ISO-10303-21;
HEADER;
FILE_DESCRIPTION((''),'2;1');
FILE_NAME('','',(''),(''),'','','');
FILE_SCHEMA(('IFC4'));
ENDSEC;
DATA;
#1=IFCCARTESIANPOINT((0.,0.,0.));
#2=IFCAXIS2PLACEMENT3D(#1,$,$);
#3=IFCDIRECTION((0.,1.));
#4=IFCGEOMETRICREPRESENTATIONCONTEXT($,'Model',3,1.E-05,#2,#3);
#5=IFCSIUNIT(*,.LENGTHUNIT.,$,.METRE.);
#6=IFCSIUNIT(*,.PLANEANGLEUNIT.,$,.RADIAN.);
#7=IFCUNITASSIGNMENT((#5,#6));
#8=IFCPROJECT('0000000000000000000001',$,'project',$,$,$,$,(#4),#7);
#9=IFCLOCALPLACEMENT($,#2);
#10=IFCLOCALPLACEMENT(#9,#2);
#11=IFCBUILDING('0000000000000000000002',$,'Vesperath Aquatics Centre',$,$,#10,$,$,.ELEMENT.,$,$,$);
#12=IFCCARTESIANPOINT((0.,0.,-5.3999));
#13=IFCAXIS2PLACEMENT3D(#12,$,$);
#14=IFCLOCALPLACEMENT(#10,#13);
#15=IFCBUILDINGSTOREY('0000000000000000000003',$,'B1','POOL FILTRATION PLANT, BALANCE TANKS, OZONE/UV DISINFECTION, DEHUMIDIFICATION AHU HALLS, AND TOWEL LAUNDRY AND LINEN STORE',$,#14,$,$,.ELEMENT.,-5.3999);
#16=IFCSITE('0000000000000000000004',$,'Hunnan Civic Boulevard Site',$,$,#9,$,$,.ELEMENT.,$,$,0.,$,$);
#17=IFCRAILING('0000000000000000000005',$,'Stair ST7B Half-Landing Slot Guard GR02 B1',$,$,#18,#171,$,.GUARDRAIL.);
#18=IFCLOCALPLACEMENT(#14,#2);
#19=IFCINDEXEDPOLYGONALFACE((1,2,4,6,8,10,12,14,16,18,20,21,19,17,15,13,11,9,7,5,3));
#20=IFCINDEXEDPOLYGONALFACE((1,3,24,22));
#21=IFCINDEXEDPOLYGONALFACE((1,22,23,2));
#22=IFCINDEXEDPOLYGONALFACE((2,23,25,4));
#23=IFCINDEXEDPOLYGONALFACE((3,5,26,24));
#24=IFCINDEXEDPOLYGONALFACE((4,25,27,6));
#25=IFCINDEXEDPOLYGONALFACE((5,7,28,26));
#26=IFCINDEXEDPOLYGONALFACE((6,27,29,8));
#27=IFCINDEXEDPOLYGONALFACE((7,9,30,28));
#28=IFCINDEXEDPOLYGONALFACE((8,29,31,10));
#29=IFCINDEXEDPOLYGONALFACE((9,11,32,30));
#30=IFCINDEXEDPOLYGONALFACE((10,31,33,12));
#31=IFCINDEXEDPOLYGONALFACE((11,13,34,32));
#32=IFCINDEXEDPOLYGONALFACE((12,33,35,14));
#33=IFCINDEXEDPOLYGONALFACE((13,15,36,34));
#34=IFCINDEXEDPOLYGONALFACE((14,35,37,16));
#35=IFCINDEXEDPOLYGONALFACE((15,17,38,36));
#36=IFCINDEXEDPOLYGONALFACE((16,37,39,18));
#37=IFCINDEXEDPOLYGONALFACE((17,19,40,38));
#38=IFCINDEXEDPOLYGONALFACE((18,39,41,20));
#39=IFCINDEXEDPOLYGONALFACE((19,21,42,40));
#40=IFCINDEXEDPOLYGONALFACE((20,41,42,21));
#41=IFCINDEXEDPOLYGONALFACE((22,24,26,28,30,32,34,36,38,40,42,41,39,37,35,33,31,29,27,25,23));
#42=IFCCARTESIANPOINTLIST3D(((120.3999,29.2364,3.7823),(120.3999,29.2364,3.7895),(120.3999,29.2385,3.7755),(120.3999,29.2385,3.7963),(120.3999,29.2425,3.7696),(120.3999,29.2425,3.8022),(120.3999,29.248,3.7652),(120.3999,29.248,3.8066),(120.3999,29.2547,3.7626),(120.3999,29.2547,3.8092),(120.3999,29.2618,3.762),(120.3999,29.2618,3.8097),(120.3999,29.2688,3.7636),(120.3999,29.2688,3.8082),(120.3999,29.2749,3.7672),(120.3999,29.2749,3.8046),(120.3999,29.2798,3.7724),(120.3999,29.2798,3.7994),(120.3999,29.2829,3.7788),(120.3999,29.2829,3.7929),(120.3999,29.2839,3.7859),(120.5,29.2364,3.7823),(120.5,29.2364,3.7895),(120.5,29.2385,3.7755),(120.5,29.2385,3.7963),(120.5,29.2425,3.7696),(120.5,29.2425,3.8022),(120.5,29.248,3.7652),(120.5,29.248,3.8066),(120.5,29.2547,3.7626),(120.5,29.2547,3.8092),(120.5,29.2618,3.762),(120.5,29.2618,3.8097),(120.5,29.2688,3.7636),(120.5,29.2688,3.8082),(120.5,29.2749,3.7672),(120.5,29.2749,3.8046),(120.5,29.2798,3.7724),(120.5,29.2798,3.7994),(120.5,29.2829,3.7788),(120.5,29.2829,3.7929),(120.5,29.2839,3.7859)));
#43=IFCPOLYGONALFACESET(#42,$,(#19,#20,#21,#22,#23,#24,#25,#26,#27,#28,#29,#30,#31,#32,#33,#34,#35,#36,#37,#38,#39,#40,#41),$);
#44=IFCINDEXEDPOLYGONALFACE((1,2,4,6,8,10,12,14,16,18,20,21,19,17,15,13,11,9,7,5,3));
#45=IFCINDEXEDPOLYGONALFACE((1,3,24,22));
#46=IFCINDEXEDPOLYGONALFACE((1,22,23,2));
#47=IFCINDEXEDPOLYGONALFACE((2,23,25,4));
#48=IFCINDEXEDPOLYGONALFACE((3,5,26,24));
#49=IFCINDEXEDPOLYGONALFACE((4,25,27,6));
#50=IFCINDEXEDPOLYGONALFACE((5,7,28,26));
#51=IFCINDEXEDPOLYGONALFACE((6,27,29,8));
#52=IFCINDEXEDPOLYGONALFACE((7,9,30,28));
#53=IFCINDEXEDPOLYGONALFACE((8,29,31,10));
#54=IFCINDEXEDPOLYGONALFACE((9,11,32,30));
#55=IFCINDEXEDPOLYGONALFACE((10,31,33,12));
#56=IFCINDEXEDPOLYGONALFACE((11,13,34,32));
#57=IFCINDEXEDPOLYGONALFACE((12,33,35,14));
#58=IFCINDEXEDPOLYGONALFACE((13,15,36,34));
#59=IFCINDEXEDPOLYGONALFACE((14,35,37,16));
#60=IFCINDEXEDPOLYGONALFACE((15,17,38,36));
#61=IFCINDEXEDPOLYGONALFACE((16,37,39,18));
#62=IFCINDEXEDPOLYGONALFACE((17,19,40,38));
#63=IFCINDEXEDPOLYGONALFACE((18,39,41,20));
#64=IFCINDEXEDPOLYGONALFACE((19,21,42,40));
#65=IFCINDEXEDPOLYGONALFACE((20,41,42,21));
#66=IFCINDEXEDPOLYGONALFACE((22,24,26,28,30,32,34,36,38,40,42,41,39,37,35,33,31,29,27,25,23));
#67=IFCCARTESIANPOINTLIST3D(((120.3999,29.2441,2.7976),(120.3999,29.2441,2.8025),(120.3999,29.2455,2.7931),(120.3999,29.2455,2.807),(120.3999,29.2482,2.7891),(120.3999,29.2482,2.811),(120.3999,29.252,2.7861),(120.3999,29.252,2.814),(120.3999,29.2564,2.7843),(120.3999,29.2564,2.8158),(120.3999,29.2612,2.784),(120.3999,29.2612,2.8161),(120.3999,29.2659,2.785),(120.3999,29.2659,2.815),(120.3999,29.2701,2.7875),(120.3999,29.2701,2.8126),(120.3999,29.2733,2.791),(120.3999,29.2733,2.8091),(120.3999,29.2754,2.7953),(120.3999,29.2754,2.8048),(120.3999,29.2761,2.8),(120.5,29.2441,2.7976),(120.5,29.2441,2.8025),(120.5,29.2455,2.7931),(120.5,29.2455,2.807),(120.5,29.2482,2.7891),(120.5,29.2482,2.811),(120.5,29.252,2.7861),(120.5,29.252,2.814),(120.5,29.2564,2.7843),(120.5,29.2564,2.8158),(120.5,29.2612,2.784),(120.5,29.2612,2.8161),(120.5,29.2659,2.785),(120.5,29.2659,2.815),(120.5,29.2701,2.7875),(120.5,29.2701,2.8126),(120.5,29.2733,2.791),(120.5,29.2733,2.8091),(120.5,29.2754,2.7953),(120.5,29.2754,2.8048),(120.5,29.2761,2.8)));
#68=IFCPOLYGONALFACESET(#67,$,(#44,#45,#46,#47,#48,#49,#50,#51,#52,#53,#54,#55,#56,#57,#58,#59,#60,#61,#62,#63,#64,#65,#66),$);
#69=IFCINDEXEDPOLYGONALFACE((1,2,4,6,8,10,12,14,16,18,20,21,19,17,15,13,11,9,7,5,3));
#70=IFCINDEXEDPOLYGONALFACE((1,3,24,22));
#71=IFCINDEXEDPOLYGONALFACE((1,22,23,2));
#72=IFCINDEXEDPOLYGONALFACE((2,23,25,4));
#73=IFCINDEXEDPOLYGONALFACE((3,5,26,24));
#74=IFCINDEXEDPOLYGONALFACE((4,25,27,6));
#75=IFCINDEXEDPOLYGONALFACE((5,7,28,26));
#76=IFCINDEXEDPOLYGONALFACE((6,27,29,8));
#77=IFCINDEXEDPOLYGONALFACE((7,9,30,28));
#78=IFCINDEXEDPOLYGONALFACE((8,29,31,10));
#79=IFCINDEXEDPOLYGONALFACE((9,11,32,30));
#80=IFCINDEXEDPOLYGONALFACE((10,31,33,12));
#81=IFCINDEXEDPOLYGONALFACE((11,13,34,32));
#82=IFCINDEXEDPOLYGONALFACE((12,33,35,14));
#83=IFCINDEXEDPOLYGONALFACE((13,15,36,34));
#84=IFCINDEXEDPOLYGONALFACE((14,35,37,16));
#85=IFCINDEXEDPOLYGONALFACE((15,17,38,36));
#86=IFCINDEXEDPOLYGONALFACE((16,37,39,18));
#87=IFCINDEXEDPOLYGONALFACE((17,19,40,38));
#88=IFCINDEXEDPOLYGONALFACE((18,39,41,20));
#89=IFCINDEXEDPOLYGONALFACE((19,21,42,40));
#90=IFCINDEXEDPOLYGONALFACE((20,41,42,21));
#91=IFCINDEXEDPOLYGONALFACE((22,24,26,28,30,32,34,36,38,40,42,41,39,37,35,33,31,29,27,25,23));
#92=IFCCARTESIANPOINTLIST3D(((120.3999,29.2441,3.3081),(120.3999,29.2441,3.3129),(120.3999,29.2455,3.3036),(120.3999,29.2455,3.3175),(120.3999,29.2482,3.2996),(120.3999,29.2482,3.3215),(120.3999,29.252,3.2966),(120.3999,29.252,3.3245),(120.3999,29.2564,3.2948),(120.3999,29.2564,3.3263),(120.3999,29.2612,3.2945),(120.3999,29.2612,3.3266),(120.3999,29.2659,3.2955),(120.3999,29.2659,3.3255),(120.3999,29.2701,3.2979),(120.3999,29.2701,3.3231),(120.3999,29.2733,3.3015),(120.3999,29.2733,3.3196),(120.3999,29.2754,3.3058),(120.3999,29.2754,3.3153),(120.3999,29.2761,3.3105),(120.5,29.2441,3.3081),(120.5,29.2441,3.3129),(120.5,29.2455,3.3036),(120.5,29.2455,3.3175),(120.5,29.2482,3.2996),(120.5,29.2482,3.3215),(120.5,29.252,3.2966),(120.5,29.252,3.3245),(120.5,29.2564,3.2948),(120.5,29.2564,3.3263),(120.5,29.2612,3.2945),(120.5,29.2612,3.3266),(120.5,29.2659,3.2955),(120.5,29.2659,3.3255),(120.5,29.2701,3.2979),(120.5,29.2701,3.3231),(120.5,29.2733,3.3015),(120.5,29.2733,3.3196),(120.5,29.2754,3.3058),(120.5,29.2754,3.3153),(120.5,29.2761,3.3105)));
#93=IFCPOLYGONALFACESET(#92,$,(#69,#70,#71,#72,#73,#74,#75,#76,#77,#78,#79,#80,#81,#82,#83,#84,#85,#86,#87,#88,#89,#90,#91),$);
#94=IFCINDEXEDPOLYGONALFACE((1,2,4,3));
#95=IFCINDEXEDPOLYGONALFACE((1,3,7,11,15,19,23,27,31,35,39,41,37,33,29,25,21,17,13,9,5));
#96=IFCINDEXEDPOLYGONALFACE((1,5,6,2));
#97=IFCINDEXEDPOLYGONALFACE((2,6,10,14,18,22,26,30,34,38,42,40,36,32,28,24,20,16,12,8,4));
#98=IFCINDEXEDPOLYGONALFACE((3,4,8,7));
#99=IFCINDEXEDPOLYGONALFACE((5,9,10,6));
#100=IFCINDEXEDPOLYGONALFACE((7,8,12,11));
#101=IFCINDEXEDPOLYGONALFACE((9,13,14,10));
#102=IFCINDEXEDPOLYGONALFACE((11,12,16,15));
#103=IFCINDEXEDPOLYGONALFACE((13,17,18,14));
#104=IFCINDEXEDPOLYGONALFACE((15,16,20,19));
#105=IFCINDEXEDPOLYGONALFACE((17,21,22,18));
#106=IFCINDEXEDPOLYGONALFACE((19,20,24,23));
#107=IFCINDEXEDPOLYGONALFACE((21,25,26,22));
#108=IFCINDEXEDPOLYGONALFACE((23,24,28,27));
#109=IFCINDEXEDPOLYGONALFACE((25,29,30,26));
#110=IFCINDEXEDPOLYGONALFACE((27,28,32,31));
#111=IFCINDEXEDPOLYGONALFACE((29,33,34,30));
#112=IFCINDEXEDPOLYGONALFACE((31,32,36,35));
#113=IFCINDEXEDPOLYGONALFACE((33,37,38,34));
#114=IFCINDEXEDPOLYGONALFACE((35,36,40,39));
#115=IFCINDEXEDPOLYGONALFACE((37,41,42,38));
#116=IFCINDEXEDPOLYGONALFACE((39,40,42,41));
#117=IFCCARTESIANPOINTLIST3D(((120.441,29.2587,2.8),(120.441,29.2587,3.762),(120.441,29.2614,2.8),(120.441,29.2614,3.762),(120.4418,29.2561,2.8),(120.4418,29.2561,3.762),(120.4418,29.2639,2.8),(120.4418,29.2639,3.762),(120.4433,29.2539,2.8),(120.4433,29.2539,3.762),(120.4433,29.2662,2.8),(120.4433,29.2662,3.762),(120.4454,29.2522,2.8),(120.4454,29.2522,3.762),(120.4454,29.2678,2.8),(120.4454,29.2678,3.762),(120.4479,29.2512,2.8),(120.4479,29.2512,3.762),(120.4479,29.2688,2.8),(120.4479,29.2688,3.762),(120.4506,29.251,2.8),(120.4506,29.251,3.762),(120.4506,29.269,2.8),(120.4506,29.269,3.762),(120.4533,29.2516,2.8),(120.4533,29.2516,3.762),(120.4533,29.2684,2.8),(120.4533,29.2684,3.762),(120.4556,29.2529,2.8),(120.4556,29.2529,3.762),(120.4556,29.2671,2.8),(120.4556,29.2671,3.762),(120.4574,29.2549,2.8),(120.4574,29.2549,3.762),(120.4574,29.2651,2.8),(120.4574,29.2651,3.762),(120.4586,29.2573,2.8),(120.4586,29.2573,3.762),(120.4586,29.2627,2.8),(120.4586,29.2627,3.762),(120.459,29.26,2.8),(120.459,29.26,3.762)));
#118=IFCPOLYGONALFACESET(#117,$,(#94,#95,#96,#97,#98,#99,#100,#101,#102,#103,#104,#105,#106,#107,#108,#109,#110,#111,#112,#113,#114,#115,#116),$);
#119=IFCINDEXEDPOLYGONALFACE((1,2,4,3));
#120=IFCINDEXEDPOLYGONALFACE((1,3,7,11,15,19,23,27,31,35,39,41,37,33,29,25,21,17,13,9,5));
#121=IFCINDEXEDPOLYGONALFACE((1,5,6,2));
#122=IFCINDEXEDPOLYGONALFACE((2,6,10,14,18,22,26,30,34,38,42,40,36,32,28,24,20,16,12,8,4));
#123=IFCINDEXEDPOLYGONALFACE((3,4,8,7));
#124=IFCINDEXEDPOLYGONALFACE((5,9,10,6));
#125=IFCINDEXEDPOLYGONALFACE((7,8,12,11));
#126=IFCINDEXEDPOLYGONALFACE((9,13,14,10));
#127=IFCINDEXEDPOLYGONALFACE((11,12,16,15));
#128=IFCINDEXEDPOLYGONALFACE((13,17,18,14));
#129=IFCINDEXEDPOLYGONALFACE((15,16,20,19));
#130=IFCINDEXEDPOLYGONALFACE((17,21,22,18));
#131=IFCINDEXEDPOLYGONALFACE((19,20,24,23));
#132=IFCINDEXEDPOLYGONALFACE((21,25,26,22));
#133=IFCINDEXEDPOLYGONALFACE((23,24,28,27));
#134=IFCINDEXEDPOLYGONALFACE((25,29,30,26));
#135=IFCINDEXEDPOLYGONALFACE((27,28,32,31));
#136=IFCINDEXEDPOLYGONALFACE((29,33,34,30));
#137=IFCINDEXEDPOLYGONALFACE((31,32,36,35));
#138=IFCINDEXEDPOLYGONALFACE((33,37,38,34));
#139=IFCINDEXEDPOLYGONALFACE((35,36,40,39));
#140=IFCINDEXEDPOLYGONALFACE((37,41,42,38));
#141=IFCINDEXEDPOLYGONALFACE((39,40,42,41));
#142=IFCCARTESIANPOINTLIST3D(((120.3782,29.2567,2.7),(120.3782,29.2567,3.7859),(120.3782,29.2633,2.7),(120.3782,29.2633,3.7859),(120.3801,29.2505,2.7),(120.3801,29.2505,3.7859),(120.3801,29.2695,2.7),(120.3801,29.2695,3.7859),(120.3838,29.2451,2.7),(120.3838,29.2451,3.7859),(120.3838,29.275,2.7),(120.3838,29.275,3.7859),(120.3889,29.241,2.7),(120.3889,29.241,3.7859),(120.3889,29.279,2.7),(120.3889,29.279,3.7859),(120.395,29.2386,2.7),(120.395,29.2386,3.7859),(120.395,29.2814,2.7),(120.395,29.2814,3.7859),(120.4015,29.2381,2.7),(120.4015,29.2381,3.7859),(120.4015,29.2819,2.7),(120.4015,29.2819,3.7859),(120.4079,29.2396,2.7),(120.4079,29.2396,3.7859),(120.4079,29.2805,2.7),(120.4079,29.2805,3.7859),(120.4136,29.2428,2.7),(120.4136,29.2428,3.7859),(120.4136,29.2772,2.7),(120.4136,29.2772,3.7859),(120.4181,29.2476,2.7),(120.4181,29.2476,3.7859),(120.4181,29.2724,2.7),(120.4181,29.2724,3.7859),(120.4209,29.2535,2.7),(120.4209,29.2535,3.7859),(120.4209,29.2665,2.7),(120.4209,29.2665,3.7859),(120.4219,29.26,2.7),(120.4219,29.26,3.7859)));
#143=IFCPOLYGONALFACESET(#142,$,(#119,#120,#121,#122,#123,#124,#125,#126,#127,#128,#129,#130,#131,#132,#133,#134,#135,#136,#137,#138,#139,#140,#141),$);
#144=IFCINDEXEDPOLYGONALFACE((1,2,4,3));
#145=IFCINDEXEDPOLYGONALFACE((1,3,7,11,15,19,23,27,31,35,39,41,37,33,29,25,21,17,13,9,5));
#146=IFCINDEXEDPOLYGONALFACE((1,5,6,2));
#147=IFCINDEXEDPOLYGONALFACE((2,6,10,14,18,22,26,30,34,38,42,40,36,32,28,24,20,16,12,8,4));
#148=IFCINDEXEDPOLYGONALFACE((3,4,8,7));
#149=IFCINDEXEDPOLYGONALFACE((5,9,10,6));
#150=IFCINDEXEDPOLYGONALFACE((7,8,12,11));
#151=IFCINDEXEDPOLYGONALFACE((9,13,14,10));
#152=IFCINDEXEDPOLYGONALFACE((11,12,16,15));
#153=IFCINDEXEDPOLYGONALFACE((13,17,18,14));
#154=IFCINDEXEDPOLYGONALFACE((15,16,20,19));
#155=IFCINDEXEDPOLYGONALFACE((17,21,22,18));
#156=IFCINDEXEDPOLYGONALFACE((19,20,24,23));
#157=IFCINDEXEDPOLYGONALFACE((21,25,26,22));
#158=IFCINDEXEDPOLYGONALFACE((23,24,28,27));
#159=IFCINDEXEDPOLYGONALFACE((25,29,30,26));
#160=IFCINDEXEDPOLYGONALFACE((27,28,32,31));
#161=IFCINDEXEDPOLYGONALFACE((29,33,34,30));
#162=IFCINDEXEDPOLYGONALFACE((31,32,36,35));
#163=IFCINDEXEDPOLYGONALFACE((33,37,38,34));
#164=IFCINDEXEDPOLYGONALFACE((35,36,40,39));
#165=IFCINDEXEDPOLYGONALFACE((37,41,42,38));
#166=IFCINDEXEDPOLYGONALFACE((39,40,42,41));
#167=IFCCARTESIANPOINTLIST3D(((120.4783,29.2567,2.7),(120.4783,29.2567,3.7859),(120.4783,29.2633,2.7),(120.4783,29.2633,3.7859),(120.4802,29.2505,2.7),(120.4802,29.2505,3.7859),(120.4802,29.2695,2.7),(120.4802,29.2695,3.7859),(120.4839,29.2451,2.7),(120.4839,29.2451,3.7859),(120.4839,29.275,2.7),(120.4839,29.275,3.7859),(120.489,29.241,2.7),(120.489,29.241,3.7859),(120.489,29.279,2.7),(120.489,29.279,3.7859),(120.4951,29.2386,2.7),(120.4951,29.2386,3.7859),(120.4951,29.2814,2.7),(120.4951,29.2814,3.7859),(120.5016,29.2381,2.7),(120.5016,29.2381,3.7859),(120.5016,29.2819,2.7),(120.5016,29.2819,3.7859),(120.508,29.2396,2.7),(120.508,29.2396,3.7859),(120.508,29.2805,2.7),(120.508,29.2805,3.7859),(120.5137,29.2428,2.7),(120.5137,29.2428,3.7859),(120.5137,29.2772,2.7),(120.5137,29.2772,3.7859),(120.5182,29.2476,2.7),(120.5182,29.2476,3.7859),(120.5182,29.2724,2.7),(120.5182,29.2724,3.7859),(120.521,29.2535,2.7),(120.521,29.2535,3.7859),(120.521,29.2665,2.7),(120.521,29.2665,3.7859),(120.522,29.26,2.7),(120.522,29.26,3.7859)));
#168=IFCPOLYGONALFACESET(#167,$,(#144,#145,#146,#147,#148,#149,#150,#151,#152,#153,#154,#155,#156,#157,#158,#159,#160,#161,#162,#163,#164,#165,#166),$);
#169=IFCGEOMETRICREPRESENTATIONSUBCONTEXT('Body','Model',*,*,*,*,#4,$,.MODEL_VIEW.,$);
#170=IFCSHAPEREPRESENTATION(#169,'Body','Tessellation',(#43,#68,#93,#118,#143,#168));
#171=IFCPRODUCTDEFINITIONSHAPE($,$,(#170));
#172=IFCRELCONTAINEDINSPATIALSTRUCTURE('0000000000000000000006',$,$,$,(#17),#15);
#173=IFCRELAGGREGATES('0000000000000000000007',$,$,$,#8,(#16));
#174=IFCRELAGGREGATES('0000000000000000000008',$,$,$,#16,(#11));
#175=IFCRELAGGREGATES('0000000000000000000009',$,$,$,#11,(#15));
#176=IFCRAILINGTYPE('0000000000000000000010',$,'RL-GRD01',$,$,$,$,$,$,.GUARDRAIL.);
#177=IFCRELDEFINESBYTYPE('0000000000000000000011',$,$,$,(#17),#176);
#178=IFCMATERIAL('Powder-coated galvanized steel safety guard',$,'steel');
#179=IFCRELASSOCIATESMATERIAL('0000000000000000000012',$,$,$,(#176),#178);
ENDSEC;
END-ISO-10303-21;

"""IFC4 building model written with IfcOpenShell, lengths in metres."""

from ifc_helpers import new_model, si_unit, direction, frame, origin, origin_2d, place, context, subcontext, project, spatial, circle, extrude, material, type_object, element, save


model = new_model("IFC4")

# Units and contexts
model_context = context("Model", 3, precision=1e-05, world=origin(), true_north=direction((0.0, 1.0)))
body_context = subcontext(model_context, "Body", "Model", "MODEL_VIEW")
ifc_project = project(units=[si_unit("LENGTHUNIT", "METRE"), si_unit("PLANEANGLEUNIT", "RADIAN")], contexts=[model_context])

# Site, building, storey
site_placement = place(None, origin())
site = spatial("IfcSite", under=ifc_project, at=site_placement, Name="Hunnan Civic Boulevard Site", CompositionType="ELEMENT", RefElevation=0.0)
building_placement = place(site_placement, origin())
building = spatial("IfcBuilding", under=site, at=building_placement, Name="Vesperath Aquatics Centre", CompositionType="ELEMENT")
storey_placement = place(building_placement, frame((0.0, 0.0, -5.3999)))
storey = spatial("IfcBuildingStorey", under=building, at=storey_placement, Name="B1", Description="POOL FILTRATION PLANT, BALANCE TANKS, OZONE/UV DISINFECTION, DEHUMIDIFICATION AHU HALLS, AND TOWEL LAUNDRY AND LINEN STORE", CompositionType="ELEMENT", Elevation=-5.3999)

# Railing
ifc_material_1 = material(Name="Powder-coated galvanized steel safety guard", Category="steel")
railing_type = type_object("IfcRailingType", Name="RL-GRD01", PredefinedType="GUARDRAIL", material=ifc_material_1)
railing_1_placement = place(storey_placement, frame((120.3999, 29.26, 2.7)))
element("IfcRailing", 1, at=railing_1_placement, inside=storey, type_object=railing_type, Name="Stair ST7B Half-Landing Slot Guard GR02 B1", PredefinedType="GUARDRAIL", context=body_context, shape_type="SweptSolid", body=[
    extrude(circle(Radius=0.0239, at=origin_2d()), frame((0.0, 0.0, 1.0859), z_axis=(1.0, 0.0, 0.0), x_axis=(0.0, 1.0, 0.0)), (0.0, 0.0, 1.0), 0.1001),
    extrude(circle(Radius=0.0161, at=origin_2d()), frame((0.0, 0.0, 0.1001), z_axis=(1.0, 0.0, 0.0), x_axis=(0.0, 1.0, 0.0)), (0.0, 0.0, 1.0), 0.1001),
    extrude(circle(Radius=0.0161, at=origin_2d()), frame((0.0, 0.0, 0.6106), z_axis=(1.0, 0.0, 0.0), x_axis=(0.0, 1.0, 0.0)), (0.0, 0.0, 1.0), 0.1001),
    extrude(circle(Radius=0.009, at=origin_2d()), frame((0.05, 0.0, 0.1001)), (0.0, 0.0, 1.0), 0.9619),
    extrude(circle(Radius=0.022, at=origin_2d()), origin(), (0.0, 0.0, 1.0), 1.0859),
    extrude(circle(Radius=0.022, at=origin_2d()), frame((0.1001, 0.0, 0.0)), (0.0, 0.0, 1.0), 1.0859),
])

save(model, "model.ifc")
